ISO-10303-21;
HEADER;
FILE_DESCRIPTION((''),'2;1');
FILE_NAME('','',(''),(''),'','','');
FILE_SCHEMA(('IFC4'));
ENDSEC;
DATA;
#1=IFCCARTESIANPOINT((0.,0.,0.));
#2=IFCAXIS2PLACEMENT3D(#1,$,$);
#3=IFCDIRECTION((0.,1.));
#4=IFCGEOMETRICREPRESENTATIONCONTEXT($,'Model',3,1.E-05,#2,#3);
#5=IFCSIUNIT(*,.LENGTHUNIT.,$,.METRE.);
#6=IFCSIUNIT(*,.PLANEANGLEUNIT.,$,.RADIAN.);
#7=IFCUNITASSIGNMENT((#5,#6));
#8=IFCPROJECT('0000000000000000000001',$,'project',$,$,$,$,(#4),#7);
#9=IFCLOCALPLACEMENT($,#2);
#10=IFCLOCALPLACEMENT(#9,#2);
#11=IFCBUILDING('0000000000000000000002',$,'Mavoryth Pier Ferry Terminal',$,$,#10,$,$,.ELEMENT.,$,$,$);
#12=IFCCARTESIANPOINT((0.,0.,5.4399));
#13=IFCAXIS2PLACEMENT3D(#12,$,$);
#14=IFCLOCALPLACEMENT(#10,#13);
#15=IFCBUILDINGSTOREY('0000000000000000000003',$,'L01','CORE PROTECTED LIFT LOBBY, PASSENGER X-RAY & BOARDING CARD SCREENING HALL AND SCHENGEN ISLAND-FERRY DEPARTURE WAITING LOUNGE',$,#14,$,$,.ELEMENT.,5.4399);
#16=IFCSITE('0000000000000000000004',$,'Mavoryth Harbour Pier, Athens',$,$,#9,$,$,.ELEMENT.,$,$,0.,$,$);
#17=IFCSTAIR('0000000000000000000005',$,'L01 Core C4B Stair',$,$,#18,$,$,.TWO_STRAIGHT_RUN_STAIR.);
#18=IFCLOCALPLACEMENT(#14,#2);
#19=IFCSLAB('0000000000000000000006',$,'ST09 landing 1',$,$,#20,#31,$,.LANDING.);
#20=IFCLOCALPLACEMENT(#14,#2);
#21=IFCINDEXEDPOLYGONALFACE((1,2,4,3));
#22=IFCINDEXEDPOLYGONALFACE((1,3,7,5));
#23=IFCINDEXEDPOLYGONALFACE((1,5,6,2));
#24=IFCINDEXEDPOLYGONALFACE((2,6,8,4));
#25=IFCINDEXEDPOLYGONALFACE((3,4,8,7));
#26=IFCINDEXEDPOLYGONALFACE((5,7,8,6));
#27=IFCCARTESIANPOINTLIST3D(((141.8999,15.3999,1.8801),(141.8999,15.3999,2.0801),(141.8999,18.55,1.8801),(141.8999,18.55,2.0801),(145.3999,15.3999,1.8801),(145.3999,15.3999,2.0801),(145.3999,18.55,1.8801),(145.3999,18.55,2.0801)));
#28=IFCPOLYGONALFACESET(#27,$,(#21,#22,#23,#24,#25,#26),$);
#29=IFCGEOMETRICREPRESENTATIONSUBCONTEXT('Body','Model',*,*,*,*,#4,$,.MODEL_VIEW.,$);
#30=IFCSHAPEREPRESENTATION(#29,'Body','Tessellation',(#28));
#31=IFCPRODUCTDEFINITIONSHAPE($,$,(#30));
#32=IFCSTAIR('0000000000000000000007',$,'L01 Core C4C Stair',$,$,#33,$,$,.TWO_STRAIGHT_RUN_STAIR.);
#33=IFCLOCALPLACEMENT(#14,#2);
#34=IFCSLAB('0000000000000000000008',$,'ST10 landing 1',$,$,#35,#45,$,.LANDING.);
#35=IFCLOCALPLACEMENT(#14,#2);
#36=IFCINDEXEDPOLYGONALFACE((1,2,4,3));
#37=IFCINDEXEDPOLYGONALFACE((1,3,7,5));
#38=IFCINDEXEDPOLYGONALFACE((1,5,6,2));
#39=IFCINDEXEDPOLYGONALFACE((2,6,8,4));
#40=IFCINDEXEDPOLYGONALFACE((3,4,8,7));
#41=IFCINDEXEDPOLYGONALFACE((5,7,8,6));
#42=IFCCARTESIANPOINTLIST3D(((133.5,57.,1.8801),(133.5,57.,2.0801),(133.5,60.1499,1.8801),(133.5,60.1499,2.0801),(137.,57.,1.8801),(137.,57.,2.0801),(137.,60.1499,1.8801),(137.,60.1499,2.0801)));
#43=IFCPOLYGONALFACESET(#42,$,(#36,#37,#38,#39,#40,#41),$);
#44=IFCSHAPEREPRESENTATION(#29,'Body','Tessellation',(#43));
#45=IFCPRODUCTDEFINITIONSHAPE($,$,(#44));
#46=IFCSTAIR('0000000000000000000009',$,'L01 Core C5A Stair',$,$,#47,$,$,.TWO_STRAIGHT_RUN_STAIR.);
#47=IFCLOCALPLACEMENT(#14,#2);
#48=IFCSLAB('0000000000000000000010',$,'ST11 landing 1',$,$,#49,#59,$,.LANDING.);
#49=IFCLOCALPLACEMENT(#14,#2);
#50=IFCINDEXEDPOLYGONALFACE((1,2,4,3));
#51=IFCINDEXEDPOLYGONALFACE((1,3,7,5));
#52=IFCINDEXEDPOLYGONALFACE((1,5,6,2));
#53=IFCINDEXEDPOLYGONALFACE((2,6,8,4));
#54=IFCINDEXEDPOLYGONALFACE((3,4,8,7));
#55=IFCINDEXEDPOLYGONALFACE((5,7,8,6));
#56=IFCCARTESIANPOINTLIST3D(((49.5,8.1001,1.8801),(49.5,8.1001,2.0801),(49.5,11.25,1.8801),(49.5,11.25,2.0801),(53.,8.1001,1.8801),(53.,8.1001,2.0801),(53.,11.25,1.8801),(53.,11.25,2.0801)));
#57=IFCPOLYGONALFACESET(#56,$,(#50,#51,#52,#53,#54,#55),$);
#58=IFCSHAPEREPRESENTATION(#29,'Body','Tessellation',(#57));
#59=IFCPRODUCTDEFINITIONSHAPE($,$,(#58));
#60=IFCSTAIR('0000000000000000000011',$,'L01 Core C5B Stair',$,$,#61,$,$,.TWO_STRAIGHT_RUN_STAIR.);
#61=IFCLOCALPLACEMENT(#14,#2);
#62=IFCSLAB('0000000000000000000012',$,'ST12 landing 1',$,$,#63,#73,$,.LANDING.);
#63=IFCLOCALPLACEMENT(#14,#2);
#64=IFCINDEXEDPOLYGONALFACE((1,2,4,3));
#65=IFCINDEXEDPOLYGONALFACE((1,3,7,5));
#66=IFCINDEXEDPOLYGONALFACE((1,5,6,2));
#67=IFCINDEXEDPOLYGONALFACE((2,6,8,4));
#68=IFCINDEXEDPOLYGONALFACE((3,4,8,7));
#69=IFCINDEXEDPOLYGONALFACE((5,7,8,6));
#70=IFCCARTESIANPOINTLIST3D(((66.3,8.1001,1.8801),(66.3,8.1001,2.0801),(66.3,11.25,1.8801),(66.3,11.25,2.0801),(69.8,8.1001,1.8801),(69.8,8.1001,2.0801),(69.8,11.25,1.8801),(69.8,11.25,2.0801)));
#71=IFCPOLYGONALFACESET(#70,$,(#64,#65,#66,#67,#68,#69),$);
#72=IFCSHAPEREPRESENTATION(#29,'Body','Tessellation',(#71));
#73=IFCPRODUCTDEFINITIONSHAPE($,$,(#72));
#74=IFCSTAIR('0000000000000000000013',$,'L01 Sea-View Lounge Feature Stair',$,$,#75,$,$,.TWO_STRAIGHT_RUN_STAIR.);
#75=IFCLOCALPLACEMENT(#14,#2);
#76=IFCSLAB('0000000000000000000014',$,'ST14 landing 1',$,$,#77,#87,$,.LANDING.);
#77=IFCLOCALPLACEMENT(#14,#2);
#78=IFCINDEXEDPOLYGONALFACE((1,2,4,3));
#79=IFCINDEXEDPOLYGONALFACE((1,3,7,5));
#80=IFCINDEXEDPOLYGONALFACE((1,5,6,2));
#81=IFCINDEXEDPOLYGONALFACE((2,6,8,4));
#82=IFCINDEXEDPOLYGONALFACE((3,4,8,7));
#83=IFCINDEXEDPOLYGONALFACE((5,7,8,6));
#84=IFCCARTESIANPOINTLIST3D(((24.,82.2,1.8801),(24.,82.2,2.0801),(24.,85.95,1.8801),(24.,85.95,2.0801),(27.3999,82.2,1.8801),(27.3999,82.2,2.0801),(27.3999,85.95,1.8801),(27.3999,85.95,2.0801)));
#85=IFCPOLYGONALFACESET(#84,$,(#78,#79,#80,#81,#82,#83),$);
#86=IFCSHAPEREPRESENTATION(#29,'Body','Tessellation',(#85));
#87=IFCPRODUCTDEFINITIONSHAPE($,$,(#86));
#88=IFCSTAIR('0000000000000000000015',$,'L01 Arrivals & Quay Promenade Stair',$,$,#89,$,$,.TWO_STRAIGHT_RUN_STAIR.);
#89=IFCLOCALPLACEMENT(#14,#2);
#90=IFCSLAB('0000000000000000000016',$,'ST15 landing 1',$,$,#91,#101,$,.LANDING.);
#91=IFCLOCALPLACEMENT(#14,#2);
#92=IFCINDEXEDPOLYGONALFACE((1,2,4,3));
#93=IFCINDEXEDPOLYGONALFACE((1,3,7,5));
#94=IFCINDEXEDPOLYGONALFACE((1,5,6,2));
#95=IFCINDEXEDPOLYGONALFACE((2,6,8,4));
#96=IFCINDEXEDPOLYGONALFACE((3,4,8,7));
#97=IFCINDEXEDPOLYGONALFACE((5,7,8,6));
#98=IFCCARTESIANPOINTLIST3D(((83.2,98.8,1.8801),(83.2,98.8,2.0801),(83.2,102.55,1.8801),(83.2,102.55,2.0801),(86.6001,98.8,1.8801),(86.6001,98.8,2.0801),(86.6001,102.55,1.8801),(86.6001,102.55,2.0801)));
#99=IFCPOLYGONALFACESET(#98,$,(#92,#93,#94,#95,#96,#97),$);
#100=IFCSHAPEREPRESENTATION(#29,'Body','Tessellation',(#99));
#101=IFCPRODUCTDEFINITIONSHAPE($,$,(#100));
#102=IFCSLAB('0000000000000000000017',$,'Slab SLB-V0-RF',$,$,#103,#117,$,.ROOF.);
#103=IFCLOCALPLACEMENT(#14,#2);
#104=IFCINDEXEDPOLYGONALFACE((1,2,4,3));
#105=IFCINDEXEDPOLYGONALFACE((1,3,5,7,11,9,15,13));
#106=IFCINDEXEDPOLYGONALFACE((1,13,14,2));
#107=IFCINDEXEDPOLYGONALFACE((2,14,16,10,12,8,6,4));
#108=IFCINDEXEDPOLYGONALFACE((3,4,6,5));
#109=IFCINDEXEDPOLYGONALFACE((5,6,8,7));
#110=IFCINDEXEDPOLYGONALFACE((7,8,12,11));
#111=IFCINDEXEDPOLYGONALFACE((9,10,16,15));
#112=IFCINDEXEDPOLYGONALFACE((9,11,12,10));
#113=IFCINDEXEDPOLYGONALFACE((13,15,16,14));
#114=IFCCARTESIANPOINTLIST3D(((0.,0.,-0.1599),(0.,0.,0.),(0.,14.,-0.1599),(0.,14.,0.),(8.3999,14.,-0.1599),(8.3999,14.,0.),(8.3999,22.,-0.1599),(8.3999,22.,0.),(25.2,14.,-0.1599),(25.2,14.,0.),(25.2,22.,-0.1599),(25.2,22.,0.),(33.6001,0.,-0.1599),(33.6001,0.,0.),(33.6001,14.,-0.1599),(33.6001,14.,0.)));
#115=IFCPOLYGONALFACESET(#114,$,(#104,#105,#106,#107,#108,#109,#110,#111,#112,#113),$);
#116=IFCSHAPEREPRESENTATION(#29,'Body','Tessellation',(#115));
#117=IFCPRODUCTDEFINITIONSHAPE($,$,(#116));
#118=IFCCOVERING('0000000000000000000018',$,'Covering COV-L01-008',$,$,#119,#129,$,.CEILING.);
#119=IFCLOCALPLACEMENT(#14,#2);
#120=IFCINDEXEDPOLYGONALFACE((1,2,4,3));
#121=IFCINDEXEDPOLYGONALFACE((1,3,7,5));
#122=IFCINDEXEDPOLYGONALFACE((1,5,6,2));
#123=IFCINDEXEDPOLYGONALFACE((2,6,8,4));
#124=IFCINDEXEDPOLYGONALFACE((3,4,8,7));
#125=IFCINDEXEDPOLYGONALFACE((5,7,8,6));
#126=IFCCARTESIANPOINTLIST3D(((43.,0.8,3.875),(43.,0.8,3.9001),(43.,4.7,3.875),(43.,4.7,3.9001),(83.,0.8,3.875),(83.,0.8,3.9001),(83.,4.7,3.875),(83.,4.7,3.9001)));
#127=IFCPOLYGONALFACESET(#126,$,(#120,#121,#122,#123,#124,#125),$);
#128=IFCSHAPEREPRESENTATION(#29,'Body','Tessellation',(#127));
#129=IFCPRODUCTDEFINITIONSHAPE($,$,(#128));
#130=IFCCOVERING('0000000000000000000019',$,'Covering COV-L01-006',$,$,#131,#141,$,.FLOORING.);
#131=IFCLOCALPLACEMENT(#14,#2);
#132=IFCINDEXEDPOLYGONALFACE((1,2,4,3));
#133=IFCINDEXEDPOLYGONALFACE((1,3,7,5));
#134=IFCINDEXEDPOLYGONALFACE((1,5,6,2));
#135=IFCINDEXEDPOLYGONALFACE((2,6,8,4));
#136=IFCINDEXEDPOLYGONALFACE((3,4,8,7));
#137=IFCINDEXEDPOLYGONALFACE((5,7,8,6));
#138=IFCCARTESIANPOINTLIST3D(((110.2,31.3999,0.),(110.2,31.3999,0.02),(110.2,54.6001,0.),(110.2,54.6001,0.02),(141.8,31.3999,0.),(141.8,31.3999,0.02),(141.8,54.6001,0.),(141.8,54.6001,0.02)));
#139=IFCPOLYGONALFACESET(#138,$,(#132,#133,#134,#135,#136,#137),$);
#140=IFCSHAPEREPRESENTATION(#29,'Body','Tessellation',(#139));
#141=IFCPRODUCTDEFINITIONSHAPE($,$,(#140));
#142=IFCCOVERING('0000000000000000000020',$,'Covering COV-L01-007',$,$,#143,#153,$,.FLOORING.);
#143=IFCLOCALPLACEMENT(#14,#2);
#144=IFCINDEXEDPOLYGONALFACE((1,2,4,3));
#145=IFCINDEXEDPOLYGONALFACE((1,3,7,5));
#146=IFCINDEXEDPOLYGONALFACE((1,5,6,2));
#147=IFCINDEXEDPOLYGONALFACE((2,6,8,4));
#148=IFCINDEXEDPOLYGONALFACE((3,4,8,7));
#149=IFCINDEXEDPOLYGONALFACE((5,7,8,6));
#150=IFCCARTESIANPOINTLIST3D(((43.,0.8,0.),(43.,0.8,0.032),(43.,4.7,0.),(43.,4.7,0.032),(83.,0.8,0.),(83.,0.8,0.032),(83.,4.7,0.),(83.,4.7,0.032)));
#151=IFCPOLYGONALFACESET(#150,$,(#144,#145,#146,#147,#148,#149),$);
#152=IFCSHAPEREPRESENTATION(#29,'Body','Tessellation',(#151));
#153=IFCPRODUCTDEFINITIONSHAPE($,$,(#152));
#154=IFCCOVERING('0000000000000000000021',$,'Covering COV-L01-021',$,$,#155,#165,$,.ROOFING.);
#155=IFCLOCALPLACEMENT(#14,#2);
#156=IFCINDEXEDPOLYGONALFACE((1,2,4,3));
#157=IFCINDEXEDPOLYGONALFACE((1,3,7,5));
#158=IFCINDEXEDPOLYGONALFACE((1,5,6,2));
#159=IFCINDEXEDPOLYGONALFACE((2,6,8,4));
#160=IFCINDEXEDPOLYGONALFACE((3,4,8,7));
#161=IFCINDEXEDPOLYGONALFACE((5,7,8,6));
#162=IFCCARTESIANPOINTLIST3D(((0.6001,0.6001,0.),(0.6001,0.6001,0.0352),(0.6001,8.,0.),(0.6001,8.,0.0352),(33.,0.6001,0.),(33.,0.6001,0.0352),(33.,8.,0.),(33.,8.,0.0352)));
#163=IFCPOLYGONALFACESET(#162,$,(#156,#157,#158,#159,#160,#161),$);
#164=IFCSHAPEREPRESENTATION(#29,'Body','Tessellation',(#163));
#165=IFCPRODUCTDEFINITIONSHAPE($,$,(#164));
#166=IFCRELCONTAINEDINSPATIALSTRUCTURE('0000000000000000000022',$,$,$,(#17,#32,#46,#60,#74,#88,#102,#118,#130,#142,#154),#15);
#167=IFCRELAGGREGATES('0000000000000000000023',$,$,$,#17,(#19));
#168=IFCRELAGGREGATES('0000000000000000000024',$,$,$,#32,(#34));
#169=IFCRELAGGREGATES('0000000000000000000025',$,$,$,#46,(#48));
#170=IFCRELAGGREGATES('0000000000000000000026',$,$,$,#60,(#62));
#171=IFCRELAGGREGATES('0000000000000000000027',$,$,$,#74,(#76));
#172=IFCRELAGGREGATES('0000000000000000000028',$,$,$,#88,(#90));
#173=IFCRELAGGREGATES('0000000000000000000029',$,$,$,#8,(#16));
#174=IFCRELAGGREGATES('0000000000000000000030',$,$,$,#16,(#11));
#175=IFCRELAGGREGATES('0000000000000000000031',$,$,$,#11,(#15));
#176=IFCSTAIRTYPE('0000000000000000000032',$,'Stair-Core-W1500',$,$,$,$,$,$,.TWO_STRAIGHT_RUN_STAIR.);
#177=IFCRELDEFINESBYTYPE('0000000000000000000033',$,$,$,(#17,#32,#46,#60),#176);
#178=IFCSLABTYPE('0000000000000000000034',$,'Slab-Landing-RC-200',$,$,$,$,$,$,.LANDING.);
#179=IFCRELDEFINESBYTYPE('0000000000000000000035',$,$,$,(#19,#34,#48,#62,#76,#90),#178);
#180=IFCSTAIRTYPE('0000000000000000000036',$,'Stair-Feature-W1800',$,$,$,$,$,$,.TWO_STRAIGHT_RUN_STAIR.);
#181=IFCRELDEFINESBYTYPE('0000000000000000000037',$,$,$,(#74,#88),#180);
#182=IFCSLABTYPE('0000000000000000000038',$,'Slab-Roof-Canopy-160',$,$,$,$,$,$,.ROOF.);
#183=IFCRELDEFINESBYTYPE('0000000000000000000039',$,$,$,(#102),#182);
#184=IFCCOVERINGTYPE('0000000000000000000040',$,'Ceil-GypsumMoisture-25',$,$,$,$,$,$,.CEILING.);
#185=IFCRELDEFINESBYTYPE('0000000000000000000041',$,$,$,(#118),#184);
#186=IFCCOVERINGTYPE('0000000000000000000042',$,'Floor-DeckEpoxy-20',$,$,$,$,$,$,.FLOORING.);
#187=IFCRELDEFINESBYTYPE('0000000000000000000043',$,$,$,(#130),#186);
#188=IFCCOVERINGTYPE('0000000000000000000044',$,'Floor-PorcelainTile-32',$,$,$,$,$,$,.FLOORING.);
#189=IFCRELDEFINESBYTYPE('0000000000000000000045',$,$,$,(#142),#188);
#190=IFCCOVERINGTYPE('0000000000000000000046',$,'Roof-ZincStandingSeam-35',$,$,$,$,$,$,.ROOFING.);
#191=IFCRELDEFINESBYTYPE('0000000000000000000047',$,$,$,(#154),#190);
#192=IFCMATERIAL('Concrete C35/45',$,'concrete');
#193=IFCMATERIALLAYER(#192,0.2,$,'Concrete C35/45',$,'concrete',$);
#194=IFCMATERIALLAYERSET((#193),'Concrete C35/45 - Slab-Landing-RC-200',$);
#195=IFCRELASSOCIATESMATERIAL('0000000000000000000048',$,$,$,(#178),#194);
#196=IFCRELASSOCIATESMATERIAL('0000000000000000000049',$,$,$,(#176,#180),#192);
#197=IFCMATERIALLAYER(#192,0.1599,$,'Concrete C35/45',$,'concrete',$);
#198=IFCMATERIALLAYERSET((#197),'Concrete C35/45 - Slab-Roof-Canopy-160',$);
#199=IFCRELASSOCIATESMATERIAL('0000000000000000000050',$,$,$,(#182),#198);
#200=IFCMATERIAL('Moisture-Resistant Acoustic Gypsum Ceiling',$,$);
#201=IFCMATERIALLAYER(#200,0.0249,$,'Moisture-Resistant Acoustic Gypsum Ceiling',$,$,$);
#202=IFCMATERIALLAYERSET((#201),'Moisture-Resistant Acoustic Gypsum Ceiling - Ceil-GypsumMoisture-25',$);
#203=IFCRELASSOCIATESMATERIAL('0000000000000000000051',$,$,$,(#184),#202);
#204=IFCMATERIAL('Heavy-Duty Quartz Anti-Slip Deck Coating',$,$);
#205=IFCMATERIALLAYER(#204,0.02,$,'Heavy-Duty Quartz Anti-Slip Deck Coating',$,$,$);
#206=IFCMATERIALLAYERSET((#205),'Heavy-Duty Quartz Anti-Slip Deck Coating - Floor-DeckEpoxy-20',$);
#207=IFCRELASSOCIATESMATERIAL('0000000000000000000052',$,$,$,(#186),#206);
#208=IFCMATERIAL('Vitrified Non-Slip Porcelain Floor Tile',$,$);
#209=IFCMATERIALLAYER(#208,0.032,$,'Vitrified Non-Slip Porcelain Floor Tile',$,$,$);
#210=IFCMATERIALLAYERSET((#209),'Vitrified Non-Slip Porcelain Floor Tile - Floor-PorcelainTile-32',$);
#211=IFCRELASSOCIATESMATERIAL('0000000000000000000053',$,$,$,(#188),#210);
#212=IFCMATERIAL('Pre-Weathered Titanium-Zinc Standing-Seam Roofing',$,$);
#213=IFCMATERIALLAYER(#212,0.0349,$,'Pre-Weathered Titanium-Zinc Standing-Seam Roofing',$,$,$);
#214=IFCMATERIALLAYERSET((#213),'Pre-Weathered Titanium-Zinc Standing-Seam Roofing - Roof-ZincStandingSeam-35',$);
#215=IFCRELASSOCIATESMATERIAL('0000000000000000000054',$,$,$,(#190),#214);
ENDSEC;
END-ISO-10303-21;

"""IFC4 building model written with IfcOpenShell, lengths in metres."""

from ifc_helpers import new_model, si_unit, direction, frame, origin, place, context, subcontext, project, spatial, polyline, outline, extrude, material, layer, layer_set, type_object, element, aggregate, save


model = new_model("IFC4")

# Units and contexts
model_context = context("Model", 3, precision=1e-05, world=origin(), true_north=direction((0.0, 1.0)))
body_context = subcontext(model_context, "Body", "Model", "MODEL_VIEW")
ifc_project = project(units=[si_unit("LENGTHUNIT", "METRE"), si_unit("PLANEANGLEUNIT", "RADIAN")], contexts=[model_context])

# Site, building, storey
site_placement = place(None, origin())
site = spatial("IfcSite", under=ifc_project, at=site_placement, Name="Mavoryth Harbour Pier, Athens", CompositionType="ELEMENT", RefElevation=0.0)
building_placement = place(site_placement, origin())
building = spatial("IfcBuilding", under=site, at=building_placement, Name="Mavoryth Pier Ferry Terminal", CompositionType="ELEMENT")
storey_placement = place(building_placement, frame((0.0, 0.0, 5.4399)))
storey = spatial("IfcBuildingStorey", under=building, at=storey_placement, Name="L01", Description="CORE PROTECTED LIFT LOBBY, PASSENGER X-RAY & BOARDING CARD SCREENING HALL AND SCHENGEN ISLAND-FERRY DEPARTURE WAITING LOUNGE", CompositionType="ELEMENT", Elevation=5.4399)

# Shared definitions
ifc_material_1 = material(Name="Concrete C35/45", Category="concrete")

# Stairs, slabs
ifc_layer_1 = layer(ifc_material_1, 0.2, Name="Concrete C35/45", Category="concrete")
ifc_layer_set_1 = layer_set([ifc_layer_1], Name="Concrete C35/45 - Slab-Landing-RC-200")
slab_type_1 = type_object("IfcSlabType", Name="Slab-Landing-RC-200", PredefinedType="LANDING", material=ifc_layer_set_1)
stair_type_1 = type_object("IfcStairType", Name="Stair-Core-W1500", PredefinedType="TWO_STRAIGHT_RUN_STAIR", material=ifc_material_1)
stair_1_placement = place(storey_placement, origin())
stair_1 = element("IfcStair", 1, at=stair_1_placement, inside=storey, type_object=stair_type_1, Name="L01 Core C4B Stair", PredefinedType="TWO_STRAIGHT_RUN_STAIR")
slab_1_placement = place(storey_placement, frame((0.0, 0.0, 1.8801)))
slab_1 = element("IfcSlab", 2, at=slab_1_placement, type_object=slab_type_1, Name="ST09 landing 1", PredefinedType="LANDING", context=body_context, shape_type="SweptSolid", body=[
    extrude(outline(polyline([(141.8999, 15.3999), (145.3999, 15.3999), (145.3999, 18.55), (141.8999, 18.55), (141.8999, 15.3999)])), origin(), (0.0, 0.0, 1.0), 0.2),
])
aggregate(stair_1, [slab_1])
stair_2_placement = place(storey_placement, origin())
stair_2 = element("IfcStair", 3, at=stair_2_placement, inside=storey, type_object=stair_type_1, Name="L01 Core C4C Stair", PredefinedType="TWO_STRAIGHT_RUN_STAIR")
slab_2_placement = place(storey_placement, frame((0.0, 0.0, 1.8801)))
slab_2 = element("IfcSlab", 4, at=slab_2_placement, type_object=slab_type_1, Name="ST10 landing 1", PredefinedType="LANDING", context=body_context, shape_type="SweptSolid", body=[
    extrude(outline(polyline([(133.5, 57.0), (137.0, 57.0), (137.0, 60.1499), (133.5, 60.1499), (133.5, 57.0)])), origin(), (0.0, 0.0, 1.0), 0.2),
])
aggregate(stair_2, [slab_2])
stair_3_placement = place(storey_placement, origin())
stair_3 = element("IfcStair", 5, at=stair_3_placement, inside=storey, type_object=stair_type_1, Name="L01 Core C5A Stair", PredefinedType="TWO_STRAIGHT_RUN_STAIR")
slab_3_placement = place(storey_placement, frame((0.0, 0.0, 1.8801)))
slab_3 = element("IfcSlab", 6, at=slab_3_placement, type_object=slab_type_1, Name="ST11 landing 1", PredefinedType="LANDING", context=body_context, shape_type="SweptSolid", body=[
    extrude(outline(polyline([(49.5, 8.1001), (53.0, 8.1001), (53.0, 11.25), (49.5, 11.25), (49.5, 8.1001)])), origin(), (0.0, 0.0, 1.0), 0.2),
])
aggregate(stair_3, [slab_3])
stair_4_placement = place(storey_placement, origin())
stair_4 = element("IfcStair", 7, at=stair_4_placement, inside=storey, type_object=stair_type_1, Name="L01 Core C5B Stair", PredefinedType="TWO_STRAIGHT_RUN_STAIR")
slab_4_placement = place(storey_placement, frame((0.0, 0.0, 1.8801)))
slab_4 = element("IfcSlab", 8, at=slab_4_placement, type_object=slab_type_1, Name="ST12 landing 1", PredefinedType="LANDING", context=body_context, shape_type="SweptSolid", body=[
    extrude(outline(polyline([(66.3, 8.1001), (69.8, 8.1001), (69.8, 11.25), (66.3, 11.25), (66.3, 8.1001)])), origin(), (0.0, 0.0, 1.0), 0.2),
])
aggregate(stair_4, [slab_4])
stair_type_2 = type_object("IfcStairType", Name="Stair-Feature-W1800", PredefinedType="TWO_STRAIGHT_RUN_STAIR", material=ifc_material_1)
stair_5_placement = place(storey_placement, origin())
stair_5 = element("IfcStair", 9, at=stair_5_placement, inside=storey, type_object=stair_type_2, Name="L01 Sea-View Lounge Feature Stair", PredefinedType="TWO_STRAIGHT_RUN_STAIR")
slab_5_placement = place(storey_placement, frame((0.0, 0.0, 1.8801)))
slab_5 = element("IfcSlab", 10, at=slab_5_placement, type_object=slab_type_1, Name="ST14 landing 1", PredefinedType="LANDING", context=body_context, shape_type="SweptSolid", body=[
    extrude(outline(polyline([(24.0, 82.2), (27.3999, 82.2), (27.3999, 85.95), (24.0, 85.95), (24.0, 82.2)])), origin(), (0.0, 0.0, 1.0), 0.2),
])
aggregate(stair_5, [slab_5])
stair_6_placement = place(storey_placement, origin())
stair_6 = element("IfcStair", 11, at=stair_6_placement, inside=storey, type_object=stair_type_2, Name="L01 Arrivals & Quay Promenade Stair", PredefinedType="TWO_STRAIGHT_RUN_STAIR")
slab_6_placement = place(storey_placement, frame((0.0, 0.0, 1.8801)))
slab_6 = element("IfcSlab", 12, at=slab_6_placement, type_object=slab_type_1, Name="ST15 landing 1", PredefinedType="LANDING", context=body_context, shape_type="SweptSolid", body=[
    extrude(outline(polyline([(83.2, 98.8), (86.6001, 98.8), (86.6001, 102.55), (83.2, 102.55), (83.2, 98.8)])), origin(), (0.0, 0.0, 1.0), 0.2),
])
aggregate(stair_6, [slab_6])

# Slab
ifc_layer_2 = layer(ifc_material_1, 0.1599, Name="Concrete C35/45", Category="concrete")
ifc_layer_set_2 = layer_set([ifc_layer_2], Name="Concrete C35/45 - Slab-Roof-Canopy-160")
slab_type_2 = type_object("IfcSlabType", Name="Slab-Roof-Canopy-160", PredefinedType="ROOF", material=ifc_layer_set_2)
slab_7_placement = place(storey_placement, frame((0.0, 0.0, -0.1599)))
element("IfcSlab", 13, at=slab_7_placement, inside=storey, type_object=slab_type_2, Name="Slab SLB-V0-RF", PredefinedType="ROOF", context=body_context, shape_type="SweptSolid", body=[
    extrude(outline(polyline([(0.0, 0.0), (33.6001, 0.0), (33.6001, 14.0), (25.2, 14.0), (25.2, 22.0), (8.3999, 22.0), (8.3999, 14.0), (0.0, 14.0), (0.0, 0.0)])), origin(), (0.0, 0.0, 1.0), 0.1599),
])

# Coverings
ifc_material_2 = material(Name="Moisture-Resistant Acoustic Gypsum Ceiling")
ifc_layer_3 = layer(ifc_material_2, 0.0249, Name="Moisture-Resistant Acoustic Gypsum Ceiling")
ifc_layer_set_3 = layer_set([ifc_layer_3], Name="Moisture-Resistant Acoustic Gypsum Ceiling - Ceil-GypsumMoisture-25")
covering_type_1 = type_object("IfcCoveringType", Name="Ceil-GypsumMoisture-25", PredefinedType="CEILING", material=ifc_layer_set_3)
covering_1_placement = place(storey_placement, frame((0.0, 0.0, 3.875)))
element("IfcCovering", 14, at=covering_1_placement, inside=storey, type_object=covering_type_1, Name="Covering COV-L01-008", PredefinedType="CEILING", context=body_context, shape_type="SweptSolid", body=[
    extrude(outline(polyline([(43.0, 0.8), (83.0, 0.8), (83.0, 4.7), (43.0, 4.7), (43.0, 0.8)])), origin(), (0.0, 0.0, 1.0), 0.0251),
])
ifc_material_3 = material(Name="Heavy-Duty Quartz Anti-Slip Deck Coating")
ifc_layer_4 = layer(ifc_material_3, 0.02, Name="Heavy-Duty Quartz Anti-Slip Deck Coating")
ifc_layer_set_4 = layer_set([ifc_layer_4], Name="Heavy-Duty Quartz Anti-Slip Deck Coating - Floor-DeckEpoxy-20")
covering_type_2 = type_object("IfcCoveringType", Name="Floor-DeckEpoxy-20", PredefinedType="FLOORING", material=ifc_layer_set_4)
covering_2_placement = place(storey_placement, origin())
element("IfcCovering", 15, at=covering_2_placement, inside=storey, type_object=covering_type_2, Name="Covering COV-L01-006", PredefinedType="FLOORING", context=body_context, shape_type="SweptSolid", body=[
    extrude(outline(polyline([(110.2, 31.3999), (141.8, 31.3999), (141.8, 54.6001), (110.2, 54.6001), (110.2, 31.3999)])), origin(), (0.0, 0.0, 1.0), 0.02),
])
ifc_material_4 = material(Name="Vitrified Non-Slip Porcelain Floor Tile")
ifc_layer_5 = layer(ifc_material_4, 0.032, Name="Vitrified Non-Slip Porcelain Floor Tile")
ifc_layer_set_5 = layer_set([ifc_layer_5], Name="Vitrified Non-Slip Porcelain Floor Tile - Floor-PorcelainTile-32")
covering_type_3 = type_object("IfcCoveringType", Name="Floor-PorcelainTile-32", PredefinedType="FLOORING", material=ifc_layer_set_5)
covering_3_placement = place(storey_placement, origin())
element("IfcCovering", 16, at=covering_3_placement, inside=storey, type_object=covering_type_3, Name="Covering COV-L01-007", PredefinedType="FLOORING", context=body_context, shape_type="SweptSolid", body=[
    extrude(outline(polyline([(43.0, 0.8), (83.0, 0.8), (83.0, 4.7), (43.0, 4.7), (43.0, 0.8)])), origin(), (0.0, 0.0, 1.0), 0.032),
])
ifc_material_5 = material(Name="Pre-Weathered Titanium-Zinc Standing-Seam Roofing")
ifc_layer_6 = layer(ifc_material_5, 0.0349, Name="Pre-Weathered Titanium-Zinc Standing-Seam Roofing")
ifc_layer_set_6 = layer_set([ifc_layer_6], Name="Pre-Weathered Titanium-Zinc Standing-Seam Roofing - Roof-ZincStandingSeam-35")
covering_type_4 = type_object("IfcCoveringType", Name="Roof-ZincStandingSeam-35", PredefinedType="ROOFING", material=ifc_layer_set_6)
covering_4_placement = place(storey_placement, origin())
element("IfcCovering", 17, at=covering_4_placement, inside=storey, type_object=covering_type_4, Name="Covering COV-L01-021", PredefinedType="ROOFING", context=body_context, shape_type="SweptSolid", body=[
    extrude(outline(polyline([(0.6001, 0.6001), (33.0, 0.6001), (33.0, 8.0), (0.6001, 8.0), (0.6001, 0.6001)])), origin(), (0.0, 0.0, 1.0), 0.0352),
])

save(model, "model.ifc")
